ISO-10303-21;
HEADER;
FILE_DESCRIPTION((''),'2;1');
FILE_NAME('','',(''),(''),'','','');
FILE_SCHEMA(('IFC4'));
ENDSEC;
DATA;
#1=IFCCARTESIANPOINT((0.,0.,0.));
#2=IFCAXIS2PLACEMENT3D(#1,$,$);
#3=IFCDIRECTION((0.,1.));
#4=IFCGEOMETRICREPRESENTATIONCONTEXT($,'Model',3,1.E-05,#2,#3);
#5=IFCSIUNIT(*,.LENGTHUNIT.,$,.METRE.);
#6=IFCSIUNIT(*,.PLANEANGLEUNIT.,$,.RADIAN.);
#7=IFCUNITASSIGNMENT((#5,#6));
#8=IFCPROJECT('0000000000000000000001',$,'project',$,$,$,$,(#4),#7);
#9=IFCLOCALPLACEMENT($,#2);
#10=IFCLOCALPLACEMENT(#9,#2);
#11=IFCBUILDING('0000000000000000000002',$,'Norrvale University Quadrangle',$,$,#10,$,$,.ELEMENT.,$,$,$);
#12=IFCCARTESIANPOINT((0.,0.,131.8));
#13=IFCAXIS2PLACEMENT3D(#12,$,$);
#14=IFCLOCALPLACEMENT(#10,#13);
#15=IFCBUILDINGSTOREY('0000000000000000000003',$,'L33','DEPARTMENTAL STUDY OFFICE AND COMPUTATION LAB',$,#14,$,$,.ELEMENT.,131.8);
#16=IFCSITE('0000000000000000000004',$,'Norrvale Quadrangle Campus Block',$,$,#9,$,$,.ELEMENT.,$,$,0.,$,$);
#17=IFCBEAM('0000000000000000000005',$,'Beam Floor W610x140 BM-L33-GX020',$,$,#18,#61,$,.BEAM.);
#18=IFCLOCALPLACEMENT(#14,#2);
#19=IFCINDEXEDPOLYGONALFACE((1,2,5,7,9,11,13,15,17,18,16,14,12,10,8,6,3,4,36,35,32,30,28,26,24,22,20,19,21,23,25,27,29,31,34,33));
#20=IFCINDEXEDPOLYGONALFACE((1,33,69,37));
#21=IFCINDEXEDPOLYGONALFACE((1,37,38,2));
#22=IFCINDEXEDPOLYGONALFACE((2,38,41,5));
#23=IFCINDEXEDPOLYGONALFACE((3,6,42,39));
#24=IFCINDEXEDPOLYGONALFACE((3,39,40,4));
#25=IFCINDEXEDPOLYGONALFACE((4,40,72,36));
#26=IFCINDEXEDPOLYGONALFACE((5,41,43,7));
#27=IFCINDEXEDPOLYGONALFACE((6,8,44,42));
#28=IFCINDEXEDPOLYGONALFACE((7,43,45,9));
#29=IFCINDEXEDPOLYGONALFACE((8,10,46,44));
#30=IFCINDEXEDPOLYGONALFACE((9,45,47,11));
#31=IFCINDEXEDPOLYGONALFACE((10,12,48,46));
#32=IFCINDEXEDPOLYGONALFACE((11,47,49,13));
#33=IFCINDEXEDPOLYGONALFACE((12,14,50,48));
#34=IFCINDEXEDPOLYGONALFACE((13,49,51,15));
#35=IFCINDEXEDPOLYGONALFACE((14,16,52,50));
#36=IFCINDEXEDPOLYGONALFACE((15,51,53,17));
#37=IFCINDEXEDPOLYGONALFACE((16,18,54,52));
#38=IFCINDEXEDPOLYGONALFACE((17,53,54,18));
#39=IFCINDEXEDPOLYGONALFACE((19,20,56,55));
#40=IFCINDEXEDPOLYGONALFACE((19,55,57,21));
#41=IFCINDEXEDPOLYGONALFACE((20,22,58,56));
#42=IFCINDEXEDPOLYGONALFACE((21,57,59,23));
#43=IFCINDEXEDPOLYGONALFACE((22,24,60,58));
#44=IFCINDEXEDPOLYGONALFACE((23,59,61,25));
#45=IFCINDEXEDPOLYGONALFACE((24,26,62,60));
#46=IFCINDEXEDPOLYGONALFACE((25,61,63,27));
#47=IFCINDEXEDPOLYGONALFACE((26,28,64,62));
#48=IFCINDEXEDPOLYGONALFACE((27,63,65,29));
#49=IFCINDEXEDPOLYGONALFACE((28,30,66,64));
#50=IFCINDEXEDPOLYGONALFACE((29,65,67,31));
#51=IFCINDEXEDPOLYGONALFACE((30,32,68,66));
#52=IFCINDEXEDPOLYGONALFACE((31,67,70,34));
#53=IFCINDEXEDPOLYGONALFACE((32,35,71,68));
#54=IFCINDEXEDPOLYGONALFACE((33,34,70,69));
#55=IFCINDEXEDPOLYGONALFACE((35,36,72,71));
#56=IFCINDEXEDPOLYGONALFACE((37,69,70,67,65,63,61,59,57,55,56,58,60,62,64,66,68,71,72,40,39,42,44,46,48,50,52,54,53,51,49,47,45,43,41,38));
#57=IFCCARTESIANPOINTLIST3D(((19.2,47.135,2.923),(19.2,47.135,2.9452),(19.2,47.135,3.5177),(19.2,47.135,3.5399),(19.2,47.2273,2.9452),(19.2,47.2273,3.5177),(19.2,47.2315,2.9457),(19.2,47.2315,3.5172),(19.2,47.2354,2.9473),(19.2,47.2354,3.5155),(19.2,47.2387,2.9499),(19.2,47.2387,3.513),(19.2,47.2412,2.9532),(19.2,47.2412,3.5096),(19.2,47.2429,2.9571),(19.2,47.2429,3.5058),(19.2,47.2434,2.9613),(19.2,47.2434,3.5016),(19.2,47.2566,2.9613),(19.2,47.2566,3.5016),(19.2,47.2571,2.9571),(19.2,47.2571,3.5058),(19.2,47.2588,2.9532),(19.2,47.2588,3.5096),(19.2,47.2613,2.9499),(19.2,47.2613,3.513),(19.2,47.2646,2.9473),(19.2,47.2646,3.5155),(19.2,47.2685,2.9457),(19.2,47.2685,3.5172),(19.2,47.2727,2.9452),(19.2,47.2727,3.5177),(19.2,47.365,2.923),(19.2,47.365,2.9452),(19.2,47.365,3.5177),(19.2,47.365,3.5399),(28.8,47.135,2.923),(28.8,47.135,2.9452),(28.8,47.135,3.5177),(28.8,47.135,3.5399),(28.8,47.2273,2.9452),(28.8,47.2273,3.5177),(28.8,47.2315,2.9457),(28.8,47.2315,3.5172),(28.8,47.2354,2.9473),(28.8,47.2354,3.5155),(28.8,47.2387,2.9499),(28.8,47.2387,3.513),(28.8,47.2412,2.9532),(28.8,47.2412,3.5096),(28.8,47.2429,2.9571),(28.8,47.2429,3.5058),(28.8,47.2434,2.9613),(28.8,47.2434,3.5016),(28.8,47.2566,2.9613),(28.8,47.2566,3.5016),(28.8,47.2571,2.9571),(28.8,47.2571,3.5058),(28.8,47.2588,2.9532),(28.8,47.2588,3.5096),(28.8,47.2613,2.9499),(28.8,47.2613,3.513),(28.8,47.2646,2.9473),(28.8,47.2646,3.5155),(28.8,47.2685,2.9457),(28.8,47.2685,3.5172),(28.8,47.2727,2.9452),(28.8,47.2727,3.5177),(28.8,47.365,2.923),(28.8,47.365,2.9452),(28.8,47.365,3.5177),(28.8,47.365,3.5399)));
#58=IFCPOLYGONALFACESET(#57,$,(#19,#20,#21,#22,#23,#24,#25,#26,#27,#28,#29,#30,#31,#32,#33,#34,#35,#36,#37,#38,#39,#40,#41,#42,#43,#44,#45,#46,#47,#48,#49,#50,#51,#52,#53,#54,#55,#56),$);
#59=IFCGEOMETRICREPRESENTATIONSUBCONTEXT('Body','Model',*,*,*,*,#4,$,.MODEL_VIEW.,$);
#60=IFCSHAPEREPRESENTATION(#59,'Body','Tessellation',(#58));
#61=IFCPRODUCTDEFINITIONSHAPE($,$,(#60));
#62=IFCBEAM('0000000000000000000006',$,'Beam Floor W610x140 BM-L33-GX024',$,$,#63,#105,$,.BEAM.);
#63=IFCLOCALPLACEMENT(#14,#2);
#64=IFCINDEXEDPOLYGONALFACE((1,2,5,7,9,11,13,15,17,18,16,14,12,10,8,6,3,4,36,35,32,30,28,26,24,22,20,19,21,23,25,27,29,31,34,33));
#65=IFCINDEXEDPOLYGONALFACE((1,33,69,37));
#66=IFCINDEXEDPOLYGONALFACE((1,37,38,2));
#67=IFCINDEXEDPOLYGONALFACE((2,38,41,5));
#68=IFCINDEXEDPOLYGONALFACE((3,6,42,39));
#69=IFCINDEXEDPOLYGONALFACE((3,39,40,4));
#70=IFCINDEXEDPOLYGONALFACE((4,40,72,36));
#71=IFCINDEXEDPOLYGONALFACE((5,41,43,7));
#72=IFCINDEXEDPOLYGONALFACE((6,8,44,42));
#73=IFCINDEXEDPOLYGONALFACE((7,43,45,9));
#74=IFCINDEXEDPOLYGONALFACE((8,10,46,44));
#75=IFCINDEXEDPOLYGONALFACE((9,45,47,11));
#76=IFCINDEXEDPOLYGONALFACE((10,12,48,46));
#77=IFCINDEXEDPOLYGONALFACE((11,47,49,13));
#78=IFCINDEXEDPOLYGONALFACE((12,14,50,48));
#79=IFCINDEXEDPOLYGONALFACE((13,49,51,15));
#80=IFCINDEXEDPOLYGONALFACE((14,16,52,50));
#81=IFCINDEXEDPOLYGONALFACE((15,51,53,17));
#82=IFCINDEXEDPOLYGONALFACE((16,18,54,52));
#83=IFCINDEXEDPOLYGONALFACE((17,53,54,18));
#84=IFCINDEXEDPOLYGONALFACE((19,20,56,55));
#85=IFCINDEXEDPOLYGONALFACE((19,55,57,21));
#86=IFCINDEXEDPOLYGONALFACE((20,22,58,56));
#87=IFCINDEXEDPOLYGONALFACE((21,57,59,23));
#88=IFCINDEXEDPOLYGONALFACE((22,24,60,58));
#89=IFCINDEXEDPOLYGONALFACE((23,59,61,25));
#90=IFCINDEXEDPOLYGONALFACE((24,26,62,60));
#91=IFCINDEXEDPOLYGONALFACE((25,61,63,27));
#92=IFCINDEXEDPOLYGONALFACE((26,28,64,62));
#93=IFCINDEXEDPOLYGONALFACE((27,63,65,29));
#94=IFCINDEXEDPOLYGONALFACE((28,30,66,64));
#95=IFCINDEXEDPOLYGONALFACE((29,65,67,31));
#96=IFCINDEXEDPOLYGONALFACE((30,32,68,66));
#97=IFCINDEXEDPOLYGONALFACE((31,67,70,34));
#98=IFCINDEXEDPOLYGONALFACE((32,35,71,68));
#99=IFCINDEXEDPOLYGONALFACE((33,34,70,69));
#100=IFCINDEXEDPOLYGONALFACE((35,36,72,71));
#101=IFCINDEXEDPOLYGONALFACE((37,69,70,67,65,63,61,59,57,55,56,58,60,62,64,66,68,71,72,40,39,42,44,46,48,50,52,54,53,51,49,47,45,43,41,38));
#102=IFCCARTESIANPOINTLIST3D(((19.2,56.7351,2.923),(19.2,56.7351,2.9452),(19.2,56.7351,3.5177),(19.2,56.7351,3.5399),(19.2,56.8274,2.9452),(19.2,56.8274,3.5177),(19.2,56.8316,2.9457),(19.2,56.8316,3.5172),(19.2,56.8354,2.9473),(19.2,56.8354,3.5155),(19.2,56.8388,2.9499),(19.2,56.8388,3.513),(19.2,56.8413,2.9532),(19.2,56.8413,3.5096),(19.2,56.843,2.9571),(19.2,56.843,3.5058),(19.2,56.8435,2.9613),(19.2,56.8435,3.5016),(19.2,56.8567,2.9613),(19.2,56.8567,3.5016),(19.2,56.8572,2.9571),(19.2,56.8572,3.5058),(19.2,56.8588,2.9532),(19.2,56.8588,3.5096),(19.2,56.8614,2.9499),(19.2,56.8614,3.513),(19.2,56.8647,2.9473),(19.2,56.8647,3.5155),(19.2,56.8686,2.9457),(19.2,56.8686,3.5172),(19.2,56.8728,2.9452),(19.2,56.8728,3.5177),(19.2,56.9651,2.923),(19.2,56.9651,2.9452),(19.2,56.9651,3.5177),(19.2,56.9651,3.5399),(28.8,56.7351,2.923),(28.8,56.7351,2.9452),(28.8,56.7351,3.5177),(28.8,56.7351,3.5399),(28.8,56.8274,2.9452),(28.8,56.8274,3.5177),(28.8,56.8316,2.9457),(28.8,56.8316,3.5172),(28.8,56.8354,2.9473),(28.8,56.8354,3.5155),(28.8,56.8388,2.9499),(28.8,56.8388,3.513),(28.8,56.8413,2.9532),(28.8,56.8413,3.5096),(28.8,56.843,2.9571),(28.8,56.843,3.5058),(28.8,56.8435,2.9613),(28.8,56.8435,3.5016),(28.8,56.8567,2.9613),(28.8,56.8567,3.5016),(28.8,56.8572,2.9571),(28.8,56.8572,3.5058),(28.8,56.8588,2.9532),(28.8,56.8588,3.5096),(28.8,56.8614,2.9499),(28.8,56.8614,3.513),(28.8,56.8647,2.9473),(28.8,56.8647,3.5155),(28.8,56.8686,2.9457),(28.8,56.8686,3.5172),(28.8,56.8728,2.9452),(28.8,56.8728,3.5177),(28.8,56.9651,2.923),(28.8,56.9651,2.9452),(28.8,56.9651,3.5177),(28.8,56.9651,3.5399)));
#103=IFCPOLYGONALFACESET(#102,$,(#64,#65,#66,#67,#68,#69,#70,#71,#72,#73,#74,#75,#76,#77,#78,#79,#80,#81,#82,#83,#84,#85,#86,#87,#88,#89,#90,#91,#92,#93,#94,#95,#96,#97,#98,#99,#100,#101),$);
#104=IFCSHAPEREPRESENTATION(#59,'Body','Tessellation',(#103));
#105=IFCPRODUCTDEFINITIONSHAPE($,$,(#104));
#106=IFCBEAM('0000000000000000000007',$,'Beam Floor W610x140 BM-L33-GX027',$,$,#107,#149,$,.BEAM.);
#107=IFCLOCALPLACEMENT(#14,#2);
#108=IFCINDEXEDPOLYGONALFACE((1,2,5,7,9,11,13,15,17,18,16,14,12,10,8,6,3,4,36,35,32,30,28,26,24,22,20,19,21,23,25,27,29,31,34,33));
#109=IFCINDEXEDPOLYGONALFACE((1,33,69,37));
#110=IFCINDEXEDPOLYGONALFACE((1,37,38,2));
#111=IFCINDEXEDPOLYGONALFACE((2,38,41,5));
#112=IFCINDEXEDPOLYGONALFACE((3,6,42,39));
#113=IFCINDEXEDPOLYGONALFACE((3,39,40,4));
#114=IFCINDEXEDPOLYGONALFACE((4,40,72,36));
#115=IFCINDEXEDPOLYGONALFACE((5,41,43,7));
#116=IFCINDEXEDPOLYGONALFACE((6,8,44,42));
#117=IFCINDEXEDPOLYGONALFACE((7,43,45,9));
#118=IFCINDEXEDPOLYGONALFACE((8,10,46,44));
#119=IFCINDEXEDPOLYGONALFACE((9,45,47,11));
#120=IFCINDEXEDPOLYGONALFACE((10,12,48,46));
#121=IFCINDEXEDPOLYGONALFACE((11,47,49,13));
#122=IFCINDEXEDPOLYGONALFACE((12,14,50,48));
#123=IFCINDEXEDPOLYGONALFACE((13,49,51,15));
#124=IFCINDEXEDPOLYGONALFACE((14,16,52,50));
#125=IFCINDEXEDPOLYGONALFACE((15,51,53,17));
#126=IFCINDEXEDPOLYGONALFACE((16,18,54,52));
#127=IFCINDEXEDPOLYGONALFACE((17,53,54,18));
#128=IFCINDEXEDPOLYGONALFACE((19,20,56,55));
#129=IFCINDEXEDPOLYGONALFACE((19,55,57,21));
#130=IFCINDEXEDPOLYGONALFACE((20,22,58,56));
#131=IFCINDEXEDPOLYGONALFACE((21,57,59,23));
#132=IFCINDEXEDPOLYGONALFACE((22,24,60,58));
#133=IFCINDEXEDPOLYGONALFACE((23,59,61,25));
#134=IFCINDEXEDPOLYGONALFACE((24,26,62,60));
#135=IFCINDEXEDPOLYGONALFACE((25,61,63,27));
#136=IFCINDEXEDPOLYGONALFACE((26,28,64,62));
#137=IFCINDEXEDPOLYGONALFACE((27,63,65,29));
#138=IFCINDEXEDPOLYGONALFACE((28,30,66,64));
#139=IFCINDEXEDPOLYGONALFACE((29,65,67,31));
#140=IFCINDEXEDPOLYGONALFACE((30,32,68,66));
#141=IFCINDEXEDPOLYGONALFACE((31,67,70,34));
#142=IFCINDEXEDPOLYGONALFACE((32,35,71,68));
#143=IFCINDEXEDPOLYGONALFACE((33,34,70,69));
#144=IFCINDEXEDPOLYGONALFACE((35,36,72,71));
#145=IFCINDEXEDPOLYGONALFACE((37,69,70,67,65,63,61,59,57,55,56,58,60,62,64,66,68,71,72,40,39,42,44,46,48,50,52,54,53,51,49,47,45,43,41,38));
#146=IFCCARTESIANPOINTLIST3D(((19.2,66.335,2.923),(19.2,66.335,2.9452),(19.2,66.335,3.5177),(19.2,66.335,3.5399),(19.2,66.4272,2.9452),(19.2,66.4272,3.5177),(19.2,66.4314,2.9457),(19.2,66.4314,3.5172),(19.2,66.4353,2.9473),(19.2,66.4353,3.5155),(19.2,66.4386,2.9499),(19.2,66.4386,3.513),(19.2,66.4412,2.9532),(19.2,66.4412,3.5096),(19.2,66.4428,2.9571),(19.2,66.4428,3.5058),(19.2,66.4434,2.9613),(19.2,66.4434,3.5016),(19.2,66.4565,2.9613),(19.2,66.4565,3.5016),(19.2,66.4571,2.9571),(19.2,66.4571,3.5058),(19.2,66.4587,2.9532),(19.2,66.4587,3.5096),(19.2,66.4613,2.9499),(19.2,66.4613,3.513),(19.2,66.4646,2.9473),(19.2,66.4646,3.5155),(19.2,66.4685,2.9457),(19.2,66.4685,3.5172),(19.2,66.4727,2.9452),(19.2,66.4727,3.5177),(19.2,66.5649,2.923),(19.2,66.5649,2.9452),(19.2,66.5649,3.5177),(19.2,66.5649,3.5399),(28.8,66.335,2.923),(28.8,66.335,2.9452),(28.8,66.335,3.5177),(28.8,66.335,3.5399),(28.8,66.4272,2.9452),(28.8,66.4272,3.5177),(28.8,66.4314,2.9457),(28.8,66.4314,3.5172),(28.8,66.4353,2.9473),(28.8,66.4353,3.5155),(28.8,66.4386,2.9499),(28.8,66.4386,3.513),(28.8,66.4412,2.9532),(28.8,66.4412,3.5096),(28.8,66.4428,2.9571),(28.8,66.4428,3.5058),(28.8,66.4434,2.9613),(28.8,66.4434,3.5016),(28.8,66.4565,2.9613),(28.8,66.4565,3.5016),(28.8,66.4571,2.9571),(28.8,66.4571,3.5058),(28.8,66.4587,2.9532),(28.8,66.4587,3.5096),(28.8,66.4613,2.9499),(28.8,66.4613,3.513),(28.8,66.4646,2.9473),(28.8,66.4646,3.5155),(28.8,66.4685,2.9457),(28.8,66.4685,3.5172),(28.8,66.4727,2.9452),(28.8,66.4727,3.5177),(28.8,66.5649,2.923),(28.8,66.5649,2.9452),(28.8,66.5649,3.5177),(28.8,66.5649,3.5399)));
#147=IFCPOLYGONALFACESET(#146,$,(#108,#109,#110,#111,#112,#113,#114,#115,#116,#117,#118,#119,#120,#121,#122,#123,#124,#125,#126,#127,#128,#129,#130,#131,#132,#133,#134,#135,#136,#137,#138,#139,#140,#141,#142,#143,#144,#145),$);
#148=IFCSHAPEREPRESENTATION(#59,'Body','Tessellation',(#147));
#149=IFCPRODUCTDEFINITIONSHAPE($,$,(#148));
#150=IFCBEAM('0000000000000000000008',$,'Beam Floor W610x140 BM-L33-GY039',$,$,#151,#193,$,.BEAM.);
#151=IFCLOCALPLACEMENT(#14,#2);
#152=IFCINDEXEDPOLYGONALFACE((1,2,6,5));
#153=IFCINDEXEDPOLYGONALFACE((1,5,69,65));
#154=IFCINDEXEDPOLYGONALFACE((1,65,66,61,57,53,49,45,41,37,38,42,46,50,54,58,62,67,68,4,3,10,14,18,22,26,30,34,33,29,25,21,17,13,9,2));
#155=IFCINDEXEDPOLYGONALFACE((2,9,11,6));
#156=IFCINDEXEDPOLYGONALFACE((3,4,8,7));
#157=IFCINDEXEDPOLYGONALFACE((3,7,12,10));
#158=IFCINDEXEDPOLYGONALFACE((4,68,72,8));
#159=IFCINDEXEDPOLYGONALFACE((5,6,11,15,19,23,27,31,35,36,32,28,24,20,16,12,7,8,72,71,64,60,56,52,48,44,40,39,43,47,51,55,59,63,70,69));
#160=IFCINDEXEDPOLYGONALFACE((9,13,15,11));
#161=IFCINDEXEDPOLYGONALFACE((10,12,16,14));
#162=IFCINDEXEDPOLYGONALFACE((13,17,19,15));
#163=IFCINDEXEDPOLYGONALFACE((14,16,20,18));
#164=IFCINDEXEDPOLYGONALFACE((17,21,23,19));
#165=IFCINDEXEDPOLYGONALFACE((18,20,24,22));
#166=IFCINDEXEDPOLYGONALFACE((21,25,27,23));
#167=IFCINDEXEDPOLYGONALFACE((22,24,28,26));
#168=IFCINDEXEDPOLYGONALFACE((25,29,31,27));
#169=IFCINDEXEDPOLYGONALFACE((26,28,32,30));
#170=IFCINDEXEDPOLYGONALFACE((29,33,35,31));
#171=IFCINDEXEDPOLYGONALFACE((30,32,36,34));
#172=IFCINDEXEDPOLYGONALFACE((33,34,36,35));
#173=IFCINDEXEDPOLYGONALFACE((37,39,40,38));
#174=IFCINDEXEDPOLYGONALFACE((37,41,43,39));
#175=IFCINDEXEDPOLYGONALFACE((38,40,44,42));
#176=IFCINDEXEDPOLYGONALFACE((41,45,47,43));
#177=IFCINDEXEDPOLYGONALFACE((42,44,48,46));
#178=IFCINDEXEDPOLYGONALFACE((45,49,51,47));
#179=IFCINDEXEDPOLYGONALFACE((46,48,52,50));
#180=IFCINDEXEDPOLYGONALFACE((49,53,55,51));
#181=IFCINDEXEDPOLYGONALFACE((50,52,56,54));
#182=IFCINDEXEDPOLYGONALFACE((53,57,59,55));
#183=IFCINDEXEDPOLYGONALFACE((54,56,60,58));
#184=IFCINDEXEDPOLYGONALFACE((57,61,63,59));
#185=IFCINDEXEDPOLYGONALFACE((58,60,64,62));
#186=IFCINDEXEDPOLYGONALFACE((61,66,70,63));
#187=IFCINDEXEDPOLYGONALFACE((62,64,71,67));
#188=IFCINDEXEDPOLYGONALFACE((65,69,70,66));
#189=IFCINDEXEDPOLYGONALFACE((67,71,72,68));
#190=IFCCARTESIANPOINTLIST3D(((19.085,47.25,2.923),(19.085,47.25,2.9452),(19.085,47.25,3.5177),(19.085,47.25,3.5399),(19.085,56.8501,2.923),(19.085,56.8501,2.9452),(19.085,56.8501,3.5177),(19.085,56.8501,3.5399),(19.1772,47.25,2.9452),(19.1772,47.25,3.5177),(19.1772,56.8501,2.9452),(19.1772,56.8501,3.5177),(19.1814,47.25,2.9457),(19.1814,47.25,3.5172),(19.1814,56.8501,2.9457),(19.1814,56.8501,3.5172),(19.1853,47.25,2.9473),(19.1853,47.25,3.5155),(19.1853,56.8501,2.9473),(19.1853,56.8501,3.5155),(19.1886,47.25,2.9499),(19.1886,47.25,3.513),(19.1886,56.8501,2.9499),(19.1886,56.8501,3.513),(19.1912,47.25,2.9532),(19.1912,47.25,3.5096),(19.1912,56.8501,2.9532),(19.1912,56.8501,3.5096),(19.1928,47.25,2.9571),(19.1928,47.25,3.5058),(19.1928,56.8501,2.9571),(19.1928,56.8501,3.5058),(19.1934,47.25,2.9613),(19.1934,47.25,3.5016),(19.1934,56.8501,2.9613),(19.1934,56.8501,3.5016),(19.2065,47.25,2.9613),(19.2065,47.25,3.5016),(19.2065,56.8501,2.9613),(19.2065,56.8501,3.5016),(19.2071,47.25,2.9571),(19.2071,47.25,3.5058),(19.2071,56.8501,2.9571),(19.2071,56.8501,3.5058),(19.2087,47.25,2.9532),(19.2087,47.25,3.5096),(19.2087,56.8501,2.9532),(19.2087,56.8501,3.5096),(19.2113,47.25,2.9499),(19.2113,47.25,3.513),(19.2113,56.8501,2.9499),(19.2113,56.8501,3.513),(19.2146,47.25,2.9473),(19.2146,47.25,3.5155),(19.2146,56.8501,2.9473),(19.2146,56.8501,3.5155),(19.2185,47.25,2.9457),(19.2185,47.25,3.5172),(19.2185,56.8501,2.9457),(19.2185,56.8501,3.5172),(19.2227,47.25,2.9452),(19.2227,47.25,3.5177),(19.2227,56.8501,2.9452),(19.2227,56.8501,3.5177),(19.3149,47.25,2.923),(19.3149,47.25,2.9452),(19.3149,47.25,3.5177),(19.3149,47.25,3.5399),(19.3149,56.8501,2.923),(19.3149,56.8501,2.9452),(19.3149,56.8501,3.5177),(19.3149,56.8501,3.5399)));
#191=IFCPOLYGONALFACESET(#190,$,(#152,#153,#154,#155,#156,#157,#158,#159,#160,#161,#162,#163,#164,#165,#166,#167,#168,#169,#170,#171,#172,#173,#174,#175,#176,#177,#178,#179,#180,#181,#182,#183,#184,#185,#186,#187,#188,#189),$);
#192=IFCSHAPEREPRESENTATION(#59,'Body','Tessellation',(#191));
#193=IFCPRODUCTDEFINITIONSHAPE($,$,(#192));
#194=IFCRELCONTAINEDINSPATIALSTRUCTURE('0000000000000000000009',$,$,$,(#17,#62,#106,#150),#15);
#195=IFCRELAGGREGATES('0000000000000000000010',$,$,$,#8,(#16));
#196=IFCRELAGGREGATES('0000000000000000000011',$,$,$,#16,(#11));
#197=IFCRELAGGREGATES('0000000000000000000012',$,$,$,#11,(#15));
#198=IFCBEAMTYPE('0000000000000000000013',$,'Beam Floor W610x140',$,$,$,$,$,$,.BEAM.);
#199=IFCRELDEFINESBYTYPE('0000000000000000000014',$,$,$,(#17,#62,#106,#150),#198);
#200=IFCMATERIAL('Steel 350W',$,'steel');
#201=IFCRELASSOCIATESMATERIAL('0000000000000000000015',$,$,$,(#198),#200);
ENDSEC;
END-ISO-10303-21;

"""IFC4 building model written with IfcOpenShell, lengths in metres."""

from ifc_helpers import new_model, si_unit, direction, frame, origin, origin_2d, place, context, subcontext, project, spatial, i_section, extrude, material, material_profile, profile_set, type_object, element, save


model = new_model("IFC4")

# Units and contexts
model_context = context("Model", 3, precision=1e-05, world=origin(), true_north=direction((0.0, 1.0)))
body_context = subcontext(model_context, "Body", "Model", "MODEL_VIEW")
ifc_project = project(units=[si_unit("LENGTHUNIT", "METRE"), si_unit("PLANEANGLEUNIT", "RADIAN")], contexts=[model_context])

# Site, building, storey
site_placement = place(None, origin())
site = spatial("IfcSite", under=ifc_project, at=site_placement, Name="Norrvale Quadrangle Campus Block", CompositionType="ELEMENT", RefElevation=0.0)
building_placement = place(site_placement, origin())
building = spatial("IfcBuilding", under=site, at=building_placement, Name="Norrvale University Quadrangle", CompositionType="ELEMENT")
storey_placement = place(building_placement, frame((0.0, 0.0, 131.8)))
storey = spatial("IfcBuildingStorey", under=building, at=storey_placement, Name="L33", Description="DEPARTMENTAL STUDY OFFICE AND COMPUTATION LAB", CompositionType="ELEMENT", Elevation=131.8)

# Beams
ifc_material_1 = material(Name="Steel 350W", Category="steel")
ifc_material_profile_1 = material_profile(ifc_material_1, i_section(OverallWidth=0.23, OverallDepth=0.6169, WebThickness=0.0132, FlangeThickness=0.0222, FilletRadius=0.0161, at=origin_2d()), Name="Steel 350W")
ifc_profile_set_1 = profile_set([ifc_material_profile_1], Name="Steel 350W")
beam_type_1 = type_object("IfcBeamType", Name="Beam Floor W610x140", PredefinedType="BEAM", material=ifc_profile_set_1)
for number, where, z_axis, x_axis, name in (
    (1, (19.2, 47.25, 3.2314), (1.0, 0.0, 0.0), (0.0, 1.0, 0.0), "Beam Floor W610x140 BM-L33-GX020"),
    (2, (19.2, 56.8501, 3.2314), (1.0, 0.0, 0.0), (0.0, 1.0, 0.0), "Beam Floor W610x140 BM-L33-GX024"),
    (3, (19.2, 66.45, 3.2314), (1.0, 0.0, 0.0), (0.0, 1.0, 0.0), "Beam Floor W610x140 BM-L33-GX027"),
    (4, (19.2, 47.25, 3.2314), (0.0, 1.0, 0.0), (-1.0, 0.0, 0.0), "Beam Floor W610x140 BM-L33-GY039"),
):
    element("IfcBeam", number, at=place(storey_placement, frame(where, z_axis=z_axis, x_axis=x_axis)), inside=storey, type_object=beam_type_1, Name=name, PredefinedType="BEAM", context=body_context, shape_type="SweptSolid", body=[
        extrude(i_section(OverallWidth=0.23, OverallDepth=0.6169, WebThickness=0.0132, FlangeThickness=0.0222, FilletRadius=0.0161, at=origin_2d()), origin(), (0.0, 0.0, 1.0), 9.6001),
    ])

save(model, "model.ifc")
